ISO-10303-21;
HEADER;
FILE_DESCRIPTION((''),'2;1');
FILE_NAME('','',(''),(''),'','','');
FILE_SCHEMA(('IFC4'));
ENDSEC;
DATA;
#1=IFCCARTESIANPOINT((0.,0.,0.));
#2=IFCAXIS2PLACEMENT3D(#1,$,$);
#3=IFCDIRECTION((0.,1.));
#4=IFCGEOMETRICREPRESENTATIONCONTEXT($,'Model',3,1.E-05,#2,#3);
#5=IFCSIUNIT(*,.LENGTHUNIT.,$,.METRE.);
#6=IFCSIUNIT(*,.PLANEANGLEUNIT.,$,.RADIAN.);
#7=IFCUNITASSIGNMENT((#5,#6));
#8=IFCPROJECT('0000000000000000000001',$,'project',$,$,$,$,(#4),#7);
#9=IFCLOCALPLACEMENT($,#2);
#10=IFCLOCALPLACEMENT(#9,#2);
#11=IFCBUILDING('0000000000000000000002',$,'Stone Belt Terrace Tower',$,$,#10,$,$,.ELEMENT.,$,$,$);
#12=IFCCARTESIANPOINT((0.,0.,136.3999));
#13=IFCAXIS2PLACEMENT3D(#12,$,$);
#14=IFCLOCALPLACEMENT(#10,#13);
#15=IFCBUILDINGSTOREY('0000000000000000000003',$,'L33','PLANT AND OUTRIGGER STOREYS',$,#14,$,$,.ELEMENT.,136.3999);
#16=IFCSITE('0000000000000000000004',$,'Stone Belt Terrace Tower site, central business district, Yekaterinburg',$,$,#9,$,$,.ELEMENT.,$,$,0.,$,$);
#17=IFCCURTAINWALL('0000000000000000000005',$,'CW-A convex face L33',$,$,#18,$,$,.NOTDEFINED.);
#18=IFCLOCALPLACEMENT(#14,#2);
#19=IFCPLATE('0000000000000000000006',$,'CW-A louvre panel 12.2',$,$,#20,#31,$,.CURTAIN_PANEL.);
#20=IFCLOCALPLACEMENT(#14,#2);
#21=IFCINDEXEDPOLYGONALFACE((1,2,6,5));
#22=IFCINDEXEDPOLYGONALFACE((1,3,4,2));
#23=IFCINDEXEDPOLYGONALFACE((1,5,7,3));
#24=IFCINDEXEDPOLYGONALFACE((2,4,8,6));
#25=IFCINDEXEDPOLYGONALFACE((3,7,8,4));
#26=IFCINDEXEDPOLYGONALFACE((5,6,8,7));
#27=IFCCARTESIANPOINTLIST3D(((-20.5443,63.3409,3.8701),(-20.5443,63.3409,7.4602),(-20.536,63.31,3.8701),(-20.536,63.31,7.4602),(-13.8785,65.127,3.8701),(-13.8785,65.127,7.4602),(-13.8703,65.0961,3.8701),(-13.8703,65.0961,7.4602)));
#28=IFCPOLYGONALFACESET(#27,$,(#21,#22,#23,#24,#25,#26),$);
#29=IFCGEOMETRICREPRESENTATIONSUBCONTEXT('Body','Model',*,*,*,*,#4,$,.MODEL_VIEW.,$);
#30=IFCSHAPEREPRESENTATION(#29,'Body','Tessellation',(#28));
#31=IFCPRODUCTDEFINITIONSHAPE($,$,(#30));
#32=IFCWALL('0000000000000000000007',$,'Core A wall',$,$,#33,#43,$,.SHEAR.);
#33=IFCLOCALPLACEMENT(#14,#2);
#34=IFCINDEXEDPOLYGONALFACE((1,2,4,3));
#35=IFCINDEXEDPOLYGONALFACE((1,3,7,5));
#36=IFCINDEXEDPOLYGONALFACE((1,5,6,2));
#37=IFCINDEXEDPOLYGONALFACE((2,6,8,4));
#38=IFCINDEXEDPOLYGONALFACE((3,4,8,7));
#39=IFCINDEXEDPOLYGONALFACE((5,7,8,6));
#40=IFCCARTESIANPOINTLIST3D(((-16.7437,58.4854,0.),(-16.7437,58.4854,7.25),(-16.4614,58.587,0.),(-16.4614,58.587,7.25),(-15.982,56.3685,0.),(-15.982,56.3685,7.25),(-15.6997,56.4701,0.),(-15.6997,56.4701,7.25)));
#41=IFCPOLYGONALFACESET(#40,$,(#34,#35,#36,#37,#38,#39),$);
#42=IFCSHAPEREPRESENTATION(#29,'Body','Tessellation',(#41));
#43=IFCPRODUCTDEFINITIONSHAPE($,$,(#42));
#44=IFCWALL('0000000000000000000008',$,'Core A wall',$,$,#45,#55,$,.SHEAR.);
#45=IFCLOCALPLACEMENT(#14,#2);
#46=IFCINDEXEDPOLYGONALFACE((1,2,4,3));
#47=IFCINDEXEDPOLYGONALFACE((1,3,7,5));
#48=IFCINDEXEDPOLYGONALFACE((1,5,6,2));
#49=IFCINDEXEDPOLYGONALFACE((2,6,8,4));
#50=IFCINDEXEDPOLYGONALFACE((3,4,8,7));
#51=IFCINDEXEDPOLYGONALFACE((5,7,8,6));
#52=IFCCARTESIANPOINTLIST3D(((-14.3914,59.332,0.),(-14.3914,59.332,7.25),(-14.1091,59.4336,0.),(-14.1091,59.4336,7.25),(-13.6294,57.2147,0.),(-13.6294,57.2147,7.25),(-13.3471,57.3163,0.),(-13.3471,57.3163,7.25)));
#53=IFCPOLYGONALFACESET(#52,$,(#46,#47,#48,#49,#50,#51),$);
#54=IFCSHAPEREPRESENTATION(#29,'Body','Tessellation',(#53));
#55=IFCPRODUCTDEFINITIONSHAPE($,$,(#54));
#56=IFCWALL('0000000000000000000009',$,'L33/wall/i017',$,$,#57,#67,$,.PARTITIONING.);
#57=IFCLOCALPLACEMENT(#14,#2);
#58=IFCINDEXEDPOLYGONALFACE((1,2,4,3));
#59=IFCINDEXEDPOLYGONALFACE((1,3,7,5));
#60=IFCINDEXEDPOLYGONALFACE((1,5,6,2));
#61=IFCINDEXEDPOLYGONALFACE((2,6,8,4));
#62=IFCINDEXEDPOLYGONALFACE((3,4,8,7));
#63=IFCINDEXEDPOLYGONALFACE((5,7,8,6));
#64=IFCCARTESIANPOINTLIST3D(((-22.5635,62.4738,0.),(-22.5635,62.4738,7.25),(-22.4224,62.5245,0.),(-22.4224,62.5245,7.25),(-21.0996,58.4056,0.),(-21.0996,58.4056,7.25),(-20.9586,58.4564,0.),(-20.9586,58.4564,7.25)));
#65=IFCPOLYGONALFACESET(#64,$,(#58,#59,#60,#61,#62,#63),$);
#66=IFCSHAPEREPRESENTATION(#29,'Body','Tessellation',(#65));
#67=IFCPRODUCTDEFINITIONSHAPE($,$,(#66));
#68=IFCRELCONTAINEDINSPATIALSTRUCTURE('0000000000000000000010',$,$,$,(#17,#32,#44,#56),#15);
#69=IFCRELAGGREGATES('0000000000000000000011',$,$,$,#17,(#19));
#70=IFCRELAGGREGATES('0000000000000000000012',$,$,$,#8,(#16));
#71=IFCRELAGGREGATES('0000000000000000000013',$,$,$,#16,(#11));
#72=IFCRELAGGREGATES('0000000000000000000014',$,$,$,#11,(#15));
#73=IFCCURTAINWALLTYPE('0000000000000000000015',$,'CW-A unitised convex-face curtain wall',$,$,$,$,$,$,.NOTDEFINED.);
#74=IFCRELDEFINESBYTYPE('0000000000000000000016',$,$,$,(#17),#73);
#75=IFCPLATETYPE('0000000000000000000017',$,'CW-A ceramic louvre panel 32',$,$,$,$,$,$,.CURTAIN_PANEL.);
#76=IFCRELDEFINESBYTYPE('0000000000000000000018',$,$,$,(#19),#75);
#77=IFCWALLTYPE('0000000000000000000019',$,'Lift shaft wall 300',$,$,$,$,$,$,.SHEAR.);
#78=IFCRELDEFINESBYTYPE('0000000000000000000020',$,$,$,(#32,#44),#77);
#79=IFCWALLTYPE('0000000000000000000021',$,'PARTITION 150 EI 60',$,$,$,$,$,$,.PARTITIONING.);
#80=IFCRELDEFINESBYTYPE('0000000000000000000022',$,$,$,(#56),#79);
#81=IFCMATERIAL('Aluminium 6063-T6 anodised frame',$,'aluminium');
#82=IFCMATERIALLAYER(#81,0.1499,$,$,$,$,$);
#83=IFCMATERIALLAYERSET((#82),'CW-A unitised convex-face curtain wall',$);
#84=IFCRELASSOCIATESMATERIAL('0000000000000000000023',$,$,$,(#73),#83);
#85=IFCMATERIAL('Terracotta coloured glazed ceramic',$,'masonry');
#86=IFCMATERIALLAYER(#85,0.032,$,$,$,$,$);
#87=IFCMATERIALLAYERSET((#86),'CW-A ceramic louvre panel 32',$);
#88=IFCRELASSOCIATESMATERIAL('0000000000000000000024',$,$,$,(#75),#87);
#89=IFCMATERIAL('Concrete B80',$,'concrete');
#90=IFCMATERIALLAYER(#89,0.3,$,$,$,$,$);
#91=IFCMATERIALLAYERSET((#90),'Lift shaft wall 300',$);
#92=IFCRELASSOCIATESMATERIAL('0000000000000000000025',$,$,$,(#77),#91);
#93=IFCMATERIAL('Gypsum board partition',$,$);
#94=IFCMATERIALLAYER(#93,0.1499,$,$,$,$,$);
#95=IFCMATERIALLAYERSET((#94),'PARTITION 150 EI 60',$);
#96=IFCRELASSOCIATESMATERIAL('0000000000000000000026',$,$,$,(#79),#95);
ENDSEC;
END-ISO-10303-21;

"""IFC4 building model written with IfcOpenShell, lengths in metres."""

from ifc_helpers import new_model, si_unit, direction, frame, frame_2d, origin, origin_2d, place, context, subcontext, project, spatial, rectangle, extrude, material, layer, layer_set, type_object, element, aggregate, save


model = new_model("IFC4")

# Units and contexts
model_context = context("Model", 3, precision=1e-05, world=origin(), true_north=direction((0.0, 1.0)))
body_context = subcontext(model_context, "Body", "Model", "MODEL_VIEW")
ifc_project = project(units=[si_unit("LENGTHUNIT", "METRE"), si_unit("PLANEANGLEUNIT", "RADIAN")], contexts=[model_context])

# Site, building, storey
site_placement = place(None, origin())
site = spatial("IfcSite", under=ifc_project, at=site_placement, Name="Stone Belt Terrace Tower site, central business district, Yekaterinburg", CompositionType="ELEMENT", RefElevation=0.0)
building_placement = place(site_placement, origin())
building = spatial("IfcBuilding", under=site, at=building_placement, Name="Stone Belt Terrace Tower", CompositionType="ELEMENT")
storey_placement = place(building_placement, frame((0.0, 0.0, 136.3999)))
storey = spatial("IfcBuildingStorey", under=building, at=storey_placement, Name="L33", Description="PLANT AND OUTRIGGER STOREYS", CompositionType="ELEMENT", Elevation=136.3999)

# Shared definitions
ifc_material_1 = material(Name="Concrete B80", Category="concrete")

# Curtain wall, plate
ifc_material_2 = material(Name="Aluminium 6063-T6 anodised frame", Category="aluminium")
ifc_layer_1 = layer(ifc_material_2, 0.1499)
ifc_layer_set_1 = layer_set([ifc_layer_1], Name="CW-A unitised convex-face curtain wall")
curtain_wall_type = type_object("IfcCurtainWallType", Name="CW-A unitised convex-face curtain wall", PredefinedType="NOTDEFINED", material=ifc_layer_set_1)
curtain_wall_placement = place(storey_placement, origin())
curtain_wall = element("IfcCurtainWall", 1, at=curtain_wall_placement, inside=storey, type_object=curtain_wall_type, Name="CW-A convex face L33", PredefinedType="NOTDEFINED")
ifc_material_3 = material(Name="Terracotta coloured glazed ceramic", Category="masonry")
ifc_layer_2 = layer(ifc_material_3, 0.032)
ifc_layer_set_2 = layer_set([ifc_layer_2], Name="CW-A ceramic louvre panel 32")
plate_type = type_object("IfcPlateType", Name="CW-A ceramic louvre panel 32", PredefinedType="CURTAIN_PANEL", material=ifc_layer_set_2)
plate_1_placement = place(storey_placement, frame((-17.2073, 64.2185, 3.8701), z_axis=(0.0, 0.0, 1.0), x_axis=(-0.965926, -0.258819, 0.0)))
plate_1 = element("IfcPlate", 2, at=plate_1_placement, type_object=plate_type, Name="CW-A louvre panel 12.2", PredefinedType="CURTAIN_PANEL", context=body_context, shape_type="SweptSolid", body=[
    extrude(rectangle(XDim=6.9009, YDim=0.032, at=origin_2d()), origin(), (0.0, 0.0, 1.0), 3.5901),
])
aggregate(curtain_wall, [plate_1])

# Walls
ifc_layer_3 = layer(ifc_material_1, 0.3)
ifc_layer_set_3 = layer_set([ifc_layer_3], Name="Lift shaft wall 300")
wall_type_1 = type_object("IfcWallType", Name="Lift shaft wall 300", PredefinedType="SHEAR", material=ifc_layer_set_3)
wall_1_placement = place(storey_placement, frame((-15.8408, 56.4192, 0.0), z_axis=(0.0, 0.0, 1.0), x_axis=(-0.33857, 0.940941, 0.0)))
element("IfcWall", 3, at=wall_1_placement, inside=storey, type_object=wall_type_1, Name="Core A wall", PredefinedType="SHEAR", context=body_context, shape_type="SweptSolid", body=[
    extrude(rectangle(XDim=2.2498, YDim=0.3, at=frame_2d((1.125, 0.0))), origin(), (0.0, 0.0, 1.0), 7.25),
])
wall_2_placement = place(storey_placement, frame((-13.4883, 57.2656, 0.0), z_axis=(0.0, 0.0, 1.0), x_axis=(-0.338631, 0.940919, 0.0)))
element("IfcWall", 4, at=wall_2_placement, inside=storey, type_object=wall_type_1, Name="Core A wall", PredefinedType="SHEAR", context=body_context, shape_type="SweptSolid", body=[
    extrude(rectangle(XDim=2.2502, YDim=0.3, at=frame_2d((1.125, 0.0))), origin(), (0.0, 0.0, 1.0), 7.25),
])
ifc_material_4 = material(Name="Gypsum board partition")
ifc_layer_4 = layer(ifc_material_4, 0.1499)
ifc_layer_set_4 = layer_set([ifc_layer_4], Name="PARTITION 150 EI 60")
wall_type_2 = type_object("IfcWallType", Name="PARTITION 150 EI 60", PredefinedType="PARTITIONING", material=ifc_layer_set_4)
wall_3_placement = place(storey_placement, frame((-22.4929, 62.499, 0.0), z_axis=(0.0, 0.0, 1.0), x_axis=(0.338585, -0.940936, 0.0)))
element("IfcWall", 5, at=wall_3_placement, inside=storey, type_object=wall_type_2, Name="L33/wall/i017", PredefinedType="PARTITIONING", context=body_context, shape_type="SweptSolid", body=[
    extrude(rectangle(XDim=4.3235, YDim=0.1499, at=frame_2d((2.1616, 0.0))), origin(), (0.0, 0.0, 1.0), 7.25),
])

save(model, "model.ifc")
